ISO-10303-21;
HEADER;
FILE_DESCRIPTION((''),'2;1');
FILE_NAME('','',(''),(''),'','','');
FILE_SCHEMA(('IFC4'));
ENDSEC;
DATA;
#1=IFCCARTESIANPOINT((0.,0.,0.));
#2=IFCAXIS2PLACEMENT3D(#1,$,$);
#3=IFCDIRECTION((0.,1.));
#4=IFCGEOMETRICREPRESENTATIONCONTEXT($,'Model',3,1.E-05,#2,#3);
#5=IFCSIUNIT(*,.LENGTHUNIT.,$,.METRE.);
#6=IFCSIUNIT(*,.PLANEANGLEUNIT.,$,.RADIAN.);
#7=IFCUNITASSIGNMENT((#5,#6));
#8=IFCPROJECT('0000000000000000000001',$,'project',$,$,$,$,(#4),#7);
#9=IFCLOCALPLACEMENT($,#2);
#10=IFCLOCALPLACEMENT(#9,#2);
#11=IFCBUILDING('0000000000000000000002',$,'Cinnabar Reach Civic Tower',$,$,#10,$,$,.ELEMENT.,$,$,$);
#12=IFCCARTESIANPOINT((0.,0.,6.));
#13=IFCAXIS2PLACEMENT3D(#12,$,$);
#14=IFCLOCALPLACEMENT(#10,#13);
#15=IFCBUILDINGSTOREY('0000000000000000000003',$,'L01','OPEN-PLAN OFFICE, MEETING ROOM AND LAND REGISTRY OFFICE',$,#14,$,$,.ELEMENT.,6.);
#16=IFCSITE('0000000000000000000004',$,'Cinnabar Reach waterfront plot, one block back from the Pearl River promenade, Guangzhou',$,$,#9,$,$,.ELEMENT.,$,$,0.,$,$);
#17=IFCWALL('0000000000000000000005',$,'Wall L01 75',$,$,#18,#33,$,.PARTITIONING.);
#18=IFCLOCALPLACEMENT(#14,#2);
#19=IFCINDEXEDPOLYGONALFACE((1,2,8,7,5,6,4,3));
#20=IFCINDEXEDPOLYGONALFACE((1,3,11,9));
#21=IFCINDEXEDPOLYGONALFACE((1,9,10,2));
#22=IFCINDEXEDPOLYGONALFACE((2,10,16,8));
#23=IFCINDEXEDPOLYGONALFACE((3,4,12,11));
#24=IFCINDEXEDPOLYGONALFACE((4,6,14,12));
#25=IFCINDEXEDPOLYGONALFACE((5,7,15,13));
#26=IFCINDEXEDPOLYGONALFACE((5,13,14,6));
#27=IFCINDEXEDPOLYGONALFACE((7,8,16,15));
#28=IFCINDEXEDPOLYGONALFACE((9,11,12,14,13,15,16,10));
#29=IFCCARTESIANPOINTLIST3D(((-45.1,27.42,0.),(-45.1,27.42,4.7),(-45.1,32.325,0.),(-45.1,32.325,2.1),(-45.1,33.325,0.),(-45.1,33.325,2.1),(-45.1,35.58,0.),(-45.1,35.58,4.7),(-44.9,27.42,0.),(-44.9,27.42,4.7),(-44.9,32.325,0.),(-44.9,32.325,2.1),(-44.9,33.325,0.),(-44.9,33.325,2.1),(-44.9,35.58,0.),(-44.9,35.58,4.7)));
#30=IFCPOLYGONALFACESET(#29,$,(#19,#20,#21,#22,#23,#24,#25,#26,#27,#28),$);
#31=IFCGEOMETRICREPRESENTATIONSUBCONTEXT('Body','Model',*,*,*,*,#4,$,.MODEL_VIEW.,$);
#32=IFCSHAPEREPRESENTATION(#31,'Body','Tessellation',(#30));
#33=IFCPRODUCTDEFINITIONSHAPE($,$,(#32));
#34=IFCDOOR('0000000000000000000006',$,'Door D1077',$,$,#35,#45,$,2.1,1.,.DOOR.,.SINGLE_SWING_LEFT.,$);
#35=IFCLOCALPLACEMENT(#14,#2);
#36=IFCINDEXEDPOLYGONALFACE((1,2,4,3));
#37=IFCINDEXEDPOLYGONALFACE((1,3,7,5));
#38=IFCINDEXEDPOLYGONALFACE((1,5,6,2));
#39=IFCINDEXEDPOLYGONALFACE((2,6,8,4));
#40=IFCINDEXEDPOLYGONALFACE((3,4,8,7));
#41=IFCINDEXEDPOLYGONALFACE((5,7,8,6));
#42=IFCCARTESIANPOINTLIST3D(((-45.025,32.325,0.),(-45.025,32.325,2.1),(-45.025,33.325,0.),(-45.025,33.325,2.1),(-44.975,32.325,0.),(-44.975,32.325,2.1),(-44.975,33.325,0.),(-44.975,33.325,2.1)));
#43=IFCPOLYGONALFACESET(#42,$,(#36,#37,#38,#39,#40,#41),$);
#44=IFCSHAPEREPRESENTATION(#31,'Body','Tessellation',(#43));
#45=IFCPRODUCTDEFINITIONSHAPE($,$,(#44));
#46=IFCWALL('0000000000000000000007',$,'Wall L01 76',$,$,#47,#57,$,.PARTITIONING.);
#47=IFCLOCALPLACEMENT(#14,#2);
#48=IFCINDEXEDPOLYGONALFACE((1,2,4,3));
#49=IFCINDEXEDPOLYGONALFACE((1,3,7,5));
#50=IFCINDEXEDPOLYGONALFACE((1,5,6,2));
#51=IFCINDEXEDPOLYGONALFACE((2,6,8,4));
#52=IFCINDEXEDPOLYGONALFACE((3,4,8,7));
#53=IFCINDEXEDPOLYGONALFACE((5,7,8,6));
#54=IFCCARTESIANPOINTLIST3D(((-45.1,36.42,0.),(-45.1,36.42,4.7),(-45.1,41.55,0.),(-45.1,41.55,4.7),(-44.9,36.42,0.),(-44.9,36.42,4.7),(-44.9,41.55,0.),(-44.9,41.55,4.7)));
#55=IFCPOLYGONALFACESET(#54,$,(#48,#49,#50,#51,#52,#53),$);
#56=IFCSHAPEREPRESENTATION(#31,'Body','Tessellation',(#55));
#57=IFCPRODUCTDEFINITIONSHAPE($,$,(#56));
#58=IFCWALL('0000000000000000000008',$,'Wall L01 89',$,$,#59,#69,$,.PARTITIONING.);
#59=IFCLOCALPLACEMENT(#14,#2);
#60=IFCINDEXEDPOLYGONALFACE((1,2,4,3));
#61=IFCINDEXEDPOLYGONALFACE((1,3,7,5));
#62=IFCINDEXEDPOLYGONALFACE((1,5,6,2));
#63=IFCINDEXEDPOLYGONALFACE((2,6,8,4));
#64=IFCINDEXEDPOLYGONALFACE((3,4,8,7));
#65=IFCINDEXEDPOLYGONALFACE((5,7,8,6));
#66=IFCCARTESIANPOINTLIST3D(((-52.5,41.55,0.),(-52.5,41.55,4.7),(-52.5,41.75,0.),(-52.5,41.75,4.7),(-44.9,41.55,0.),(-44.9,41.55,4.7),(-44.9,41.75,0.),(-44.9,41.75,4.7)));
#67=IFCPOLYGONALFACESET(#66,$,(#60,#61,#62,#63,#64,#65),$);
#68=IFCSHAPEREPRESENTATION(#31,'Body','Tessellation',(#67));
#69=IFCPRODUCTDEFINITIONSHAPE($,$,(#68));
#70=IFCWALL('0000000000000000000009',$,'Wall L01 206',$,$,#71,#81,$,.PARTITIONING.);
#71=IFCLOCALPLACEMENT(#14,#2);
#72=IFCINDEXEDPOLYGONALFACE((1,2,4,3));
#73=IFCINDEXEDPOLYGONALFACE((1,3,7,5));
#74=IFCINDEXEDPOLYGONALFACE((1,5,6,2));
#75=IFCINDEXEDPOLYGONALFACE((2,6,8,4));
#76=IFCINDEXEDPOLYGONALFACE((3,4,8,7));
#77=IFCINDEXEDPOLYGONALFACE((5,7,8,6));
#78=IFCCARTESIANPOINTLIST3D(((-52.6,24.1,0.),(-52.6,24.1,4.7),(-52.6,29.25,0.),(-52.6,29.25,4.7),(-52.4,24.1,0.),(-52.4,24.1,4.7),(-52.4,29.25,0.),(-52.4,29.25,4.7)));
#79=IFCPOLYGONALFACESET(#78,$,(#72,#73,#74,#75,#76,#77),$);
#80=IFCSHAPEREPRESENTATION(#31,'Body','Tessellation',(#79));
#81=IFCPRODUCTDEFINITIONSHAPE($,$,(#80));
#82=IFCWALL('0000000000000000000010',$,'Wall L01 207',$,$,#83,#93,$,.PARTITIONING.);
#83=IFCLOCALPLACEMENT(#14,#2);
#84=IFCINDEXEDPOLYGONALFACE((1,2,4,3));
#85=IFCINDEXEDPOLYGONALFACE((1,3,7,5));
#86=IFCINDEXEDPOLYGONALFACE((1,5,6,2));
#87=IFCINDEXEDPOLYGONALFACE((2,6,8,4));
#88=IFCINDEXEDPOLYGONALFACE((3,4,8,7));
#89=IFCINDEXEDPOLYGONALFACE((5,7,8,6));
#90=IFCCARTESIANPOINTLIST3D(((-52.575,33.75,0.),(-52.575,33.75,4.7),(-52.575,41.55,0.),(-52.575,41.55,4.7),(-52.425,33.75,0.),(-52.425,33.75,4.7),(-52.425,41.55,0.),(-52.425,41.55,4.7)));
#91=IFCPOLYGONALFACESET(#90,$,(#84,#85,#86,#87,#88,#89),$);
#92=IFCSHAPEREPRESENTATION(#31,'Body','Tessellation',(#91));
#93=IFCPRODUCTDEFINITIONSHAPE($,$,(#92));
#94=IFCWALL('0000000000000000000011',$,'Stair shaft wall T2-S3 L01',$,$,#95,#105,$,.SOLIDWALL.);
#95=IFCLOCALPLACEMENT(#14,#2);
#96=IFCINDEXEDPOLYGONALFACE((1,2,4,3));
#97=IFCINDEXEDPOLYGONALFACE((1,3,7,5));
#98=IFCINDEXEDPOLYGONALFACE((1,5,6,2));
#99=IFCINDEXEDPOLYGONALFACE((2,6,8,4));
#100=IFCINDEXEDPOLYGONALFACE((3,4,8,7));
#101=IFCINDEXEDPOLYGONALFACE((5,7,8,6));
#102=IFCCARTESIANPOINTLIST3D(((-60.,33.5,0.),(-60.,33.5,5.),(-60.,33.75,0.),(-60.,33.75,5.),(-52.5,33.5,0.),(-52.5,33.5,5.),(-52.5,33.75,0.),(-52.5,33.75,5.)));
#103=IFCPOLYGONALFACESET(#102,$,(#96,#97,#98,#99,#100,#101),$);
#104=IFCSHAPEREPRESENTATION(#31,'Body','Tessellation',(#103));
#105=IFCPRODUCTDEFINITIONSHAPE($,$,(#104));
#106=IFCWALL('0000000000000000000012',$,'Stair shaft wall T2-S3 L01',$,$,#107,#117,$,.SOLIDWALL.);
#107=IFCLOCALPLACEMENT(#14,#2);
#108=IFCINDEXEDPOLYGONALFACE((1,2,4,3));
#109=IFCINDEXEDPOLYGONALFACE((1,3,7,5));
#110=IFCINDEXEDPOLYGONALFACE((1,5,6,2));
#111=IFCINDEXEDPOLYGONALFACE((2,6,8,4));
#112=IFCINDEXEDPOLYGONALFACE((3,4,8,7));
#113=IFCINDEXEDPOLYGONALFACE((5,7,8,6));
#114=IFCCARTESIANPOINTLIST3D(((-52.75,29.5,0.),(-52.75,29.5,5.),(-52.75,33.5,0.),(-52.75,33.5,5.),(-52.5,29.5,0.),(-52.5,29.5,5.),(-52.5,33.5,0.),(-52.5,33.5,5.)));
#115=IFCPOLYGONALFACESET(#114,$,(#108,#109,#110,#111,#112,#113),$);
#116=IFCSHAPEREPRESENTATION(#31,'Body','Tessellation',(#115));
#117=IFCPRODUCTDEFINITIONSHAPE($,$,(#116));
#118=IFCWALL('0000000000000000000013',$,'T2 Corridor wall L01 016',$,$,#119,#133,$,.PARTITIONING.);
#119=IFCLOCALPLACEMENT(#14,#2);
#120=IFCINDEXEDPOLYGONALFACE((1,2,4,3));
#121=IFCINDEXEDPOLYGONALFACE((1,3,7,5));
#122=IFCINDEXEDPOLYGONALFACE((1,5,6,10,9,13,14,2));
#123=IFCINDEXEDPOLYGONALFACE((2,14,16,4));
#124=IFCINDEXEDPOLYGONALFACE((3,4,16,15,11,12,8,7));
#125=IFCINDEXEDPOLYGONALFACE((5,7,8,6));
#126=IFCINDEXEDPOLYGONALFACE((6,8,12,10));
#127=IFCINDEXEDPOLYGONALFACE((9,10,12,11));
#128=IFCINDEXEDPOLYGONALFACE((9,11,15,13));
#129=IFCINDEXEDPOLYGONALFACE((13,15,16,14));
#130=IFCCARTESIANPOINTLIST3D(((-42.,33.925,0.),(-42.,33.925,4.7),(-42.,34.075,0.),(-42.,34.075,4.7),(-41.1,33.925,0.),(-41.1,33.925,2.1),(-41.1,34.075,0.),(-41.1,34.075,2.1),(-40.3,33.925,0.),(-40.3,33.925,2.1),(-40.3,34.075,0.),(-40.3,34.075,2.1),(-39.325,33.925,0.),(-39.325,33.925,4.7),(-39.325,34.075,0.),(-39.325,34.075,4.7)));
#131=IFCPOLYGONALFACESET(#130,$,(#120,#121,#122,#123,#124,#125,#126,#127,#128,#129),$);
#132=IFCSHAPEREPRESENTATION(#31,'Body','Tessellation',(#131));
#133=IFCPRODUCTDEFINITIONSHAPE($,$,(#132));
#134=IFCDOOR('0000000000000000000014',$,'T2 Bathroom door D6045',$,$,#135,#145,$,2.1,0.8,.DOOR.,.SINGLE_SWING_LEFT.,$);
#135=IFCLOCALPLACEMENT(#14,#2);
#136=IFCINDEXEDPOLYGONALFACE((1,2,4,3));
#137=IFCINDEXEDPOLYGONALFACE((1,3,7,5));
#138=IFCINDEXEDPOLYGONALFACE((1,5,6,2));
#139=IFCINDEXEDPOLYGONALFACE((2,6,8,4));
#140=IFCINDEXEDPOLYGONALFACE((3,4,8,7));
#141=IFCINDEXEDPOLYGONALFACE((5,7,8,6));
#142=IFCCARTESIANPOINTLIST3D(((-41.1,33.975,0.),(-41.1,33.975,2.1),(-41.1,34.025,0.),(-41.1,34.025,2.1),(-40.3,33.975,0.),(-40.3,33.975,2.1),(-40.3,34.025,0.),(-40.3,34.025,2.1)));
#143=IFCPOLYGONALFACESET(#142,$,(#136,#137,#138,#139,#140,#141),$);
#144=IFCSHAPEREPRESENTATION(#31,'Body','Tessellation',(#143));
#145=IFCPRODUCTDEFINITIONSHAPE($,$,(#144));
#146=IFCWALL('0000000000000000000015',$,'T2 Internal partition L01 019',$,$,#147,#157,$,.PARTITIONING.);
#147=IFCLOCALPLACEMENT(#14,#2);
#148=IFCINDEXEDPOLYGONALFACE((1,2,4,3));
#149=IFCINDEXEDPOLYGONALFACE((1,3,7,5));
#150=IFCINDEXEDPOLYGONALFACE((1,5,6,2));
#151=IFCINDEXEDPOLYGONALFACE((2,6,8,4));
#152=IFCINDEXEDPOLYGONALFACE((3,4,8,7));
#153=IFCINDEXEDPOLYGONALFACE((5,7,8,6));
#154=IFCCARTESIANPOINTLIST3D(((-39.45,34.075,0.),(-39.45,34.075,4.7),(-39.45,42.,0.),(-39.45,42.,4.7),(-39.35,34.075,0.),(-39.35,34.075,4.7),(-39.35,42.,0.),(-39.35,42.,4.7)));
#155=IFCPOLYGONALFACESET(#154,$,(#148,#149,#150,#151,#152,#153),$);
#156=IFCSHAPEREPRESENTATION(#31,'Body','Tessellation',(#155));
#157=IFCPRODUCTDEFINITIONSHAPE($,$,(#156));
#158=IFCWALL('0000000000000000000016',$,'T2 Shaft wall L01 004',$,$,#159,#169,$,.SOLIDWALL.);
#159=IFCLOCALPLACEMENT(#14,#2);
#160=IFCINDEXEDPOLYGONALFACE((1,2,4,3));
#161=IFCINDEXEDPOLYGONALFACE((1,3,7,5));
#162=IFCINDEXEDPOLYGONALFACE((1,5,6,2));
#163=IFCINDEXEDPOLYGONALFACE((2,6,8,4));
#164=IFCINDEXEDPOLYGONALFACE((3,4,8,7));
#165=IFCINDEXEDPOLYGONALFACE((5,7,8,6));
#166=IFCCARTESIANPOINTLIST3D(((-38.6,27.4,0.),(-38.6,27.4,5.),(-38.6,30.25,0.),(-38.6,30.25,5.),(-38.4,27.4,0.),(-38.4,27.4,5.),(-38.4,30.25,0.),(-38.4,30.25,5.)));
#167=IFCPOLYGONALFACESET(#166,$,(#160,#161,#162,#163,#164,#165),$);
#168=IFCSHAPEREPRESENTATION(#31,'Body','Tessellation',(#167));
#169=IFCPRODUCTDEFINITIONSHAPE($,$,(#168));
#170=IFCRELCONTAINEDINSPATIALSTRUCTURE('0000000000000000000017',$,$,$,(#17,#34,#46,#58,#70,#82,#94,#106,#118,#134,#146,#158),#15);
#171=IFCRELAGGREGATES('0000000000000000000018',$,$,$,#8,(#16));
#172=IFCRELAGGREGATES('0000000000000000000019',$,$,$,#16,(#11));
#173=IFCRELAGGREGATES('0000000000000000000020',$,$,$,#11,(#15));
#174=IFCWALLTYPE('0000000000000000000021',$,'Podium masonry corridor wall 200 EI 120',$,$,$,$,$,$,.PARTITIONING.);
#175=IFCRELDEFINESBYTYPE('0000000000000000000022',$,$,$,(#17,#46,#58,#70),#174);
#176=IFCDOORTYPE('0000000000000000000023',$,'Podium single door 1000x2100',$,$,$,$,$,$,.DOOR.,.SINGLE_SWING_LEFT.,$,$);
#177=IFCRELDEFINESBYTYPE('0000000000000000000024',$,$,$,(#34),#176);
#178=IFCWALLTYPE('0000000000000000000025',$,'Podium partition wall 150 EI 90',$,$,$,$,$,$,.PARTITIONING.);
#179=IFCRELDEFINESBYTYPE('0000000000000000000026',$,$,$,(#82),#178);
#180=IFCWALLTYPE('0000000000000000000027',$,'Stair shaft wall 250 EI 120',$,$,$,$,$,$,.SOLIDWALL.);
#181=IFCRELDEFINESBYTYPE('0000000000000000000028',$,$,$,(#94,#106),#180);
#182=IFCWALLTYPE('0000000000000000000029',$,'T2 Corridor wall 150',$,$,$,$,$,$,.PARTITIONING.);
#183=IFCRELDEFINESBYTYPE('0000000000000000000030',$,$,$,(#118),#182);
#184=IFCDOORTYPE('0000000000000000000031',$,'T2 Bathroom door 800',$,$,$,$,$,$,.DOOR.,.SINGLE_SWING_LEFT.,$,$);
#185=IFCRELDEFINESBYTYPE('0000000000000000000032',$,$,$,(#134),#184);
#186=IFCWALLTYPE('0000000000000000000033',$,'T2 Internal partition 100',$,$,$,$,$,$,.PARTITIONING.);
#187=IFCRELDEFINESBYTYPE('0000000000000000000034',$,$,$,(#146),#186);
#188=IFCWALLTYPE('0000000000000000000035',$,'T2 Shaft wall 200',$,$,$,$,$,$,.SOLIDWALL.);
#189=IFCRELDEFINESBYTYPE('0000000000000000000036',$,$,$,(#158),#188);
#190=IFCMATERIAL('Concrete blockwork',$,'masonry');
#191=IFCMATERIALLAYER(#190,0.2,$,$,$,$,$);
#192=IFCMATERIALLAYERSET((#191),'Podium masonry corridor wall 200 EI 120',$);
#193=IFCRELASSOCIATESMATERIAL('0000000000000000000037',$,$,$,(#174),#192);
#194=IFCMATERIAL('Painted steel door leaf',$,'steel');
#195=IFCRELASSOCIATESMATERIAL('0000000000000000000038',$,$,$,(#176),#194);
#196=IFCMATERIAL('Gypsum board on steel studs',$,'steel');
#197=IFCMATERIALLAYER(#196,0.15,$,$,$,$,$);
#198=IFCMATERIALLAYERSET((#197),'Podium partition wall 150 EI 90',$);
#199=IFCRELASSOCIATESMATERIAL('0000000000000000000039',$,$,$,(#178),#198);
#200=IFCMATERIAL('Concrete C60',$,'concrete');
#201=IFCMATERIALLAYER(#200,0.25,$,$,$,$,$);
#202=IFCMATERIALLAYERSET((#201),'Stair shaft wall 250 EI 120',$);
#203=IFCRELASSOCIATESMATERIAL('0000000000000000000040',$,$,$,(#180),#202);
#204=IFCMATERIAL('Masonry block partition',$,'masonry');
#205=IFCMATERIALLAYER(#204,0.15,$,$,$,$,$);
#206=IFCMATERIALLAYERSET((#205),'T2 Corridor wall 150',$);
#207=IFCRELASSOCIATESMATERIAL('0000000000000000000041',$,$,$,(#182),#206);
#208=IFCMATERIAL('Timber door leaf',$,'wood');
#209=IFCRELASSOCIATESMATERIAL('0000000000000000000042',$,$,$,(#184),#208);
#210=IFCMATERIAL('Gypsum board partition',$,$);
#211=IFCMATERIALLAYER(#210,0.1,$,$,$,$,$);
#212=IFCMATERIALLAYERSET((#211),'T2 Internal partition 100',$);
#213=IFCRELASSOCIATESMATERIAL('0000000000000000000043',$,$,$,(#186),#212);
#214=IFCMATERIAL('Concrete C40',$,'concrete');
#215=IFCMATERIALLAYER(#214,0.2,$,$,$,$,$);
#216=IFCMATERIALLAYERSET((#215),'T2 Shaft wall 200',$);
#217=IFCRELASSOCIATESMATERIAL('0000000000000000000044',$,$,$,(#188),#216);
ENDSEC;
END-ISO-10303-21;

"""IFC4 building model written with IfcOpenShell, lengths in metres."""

from ifc_helpers import new_model, si_unit, direction, frame, frame_2d, origin, place, context, subcontext, project, spatial, rectangle, extrude, material, layer, layer_set, type_object, element, fill, save


model = new_model("IFC4")

# Units and contexts
model_context = context("Model", 3, precision=1e-05, world=origin(), true_north=direction((0.0, 1.0)))
body_context = subcontext(model_context, "Body", "Model", "MODEL_VIEW")
ifc_project = project(units=[si_unit("LENGTHUNIT", "METRE"), si_unit("PLANEANGLEUNIT", "RADIAN")], contexts=[model_context])

# Site, building, storey
site_placement = place(None, origin())
site = spatial("IfcSite", under=ifc_project, at=site_placement, Name="Cinnabar Reach waterfront plot, one block back from the Pearl River promenade, Guangzhou", CompositionType="ELEMENT", RefElevation=0.0)
building_placement = place(site_placement, origin())
building = spatial("IfcBuilding", under=site, at=building_placement, Name="Cinnabar Reach Civic Tower", CompositionType="ELEMENT")
storey_placement = place(building_placement, frame((0.0, 0.0, 6.0)))
storey = spatial("IfcBuildingStorey", under=building, at=storey_placement, Name="L01", Description="OPEN-PLAN OFFICE, MEETING ROOM AND LAND REGISTRY OFFICE", CompositionType="ELEMENT", Elevation=6.0)

# Shared definitions
ifc_material_1 = material(Name="Concrete C60", Category="concrete")

# Shared definitions
ifc_material_2 = material(Name="Concrete blockwork", Category="masonry")
ifc_layer_1 = layer(ifc_material_2, 0.2)
ifc_layer_set_1 = layer_set([ifc_layer_1], Name="Podium masonry corridor wall 200 EI 120")
wall_type_1 = type_object("IfcWallType", Name="Podium masonry corridor wall 200 EI 120", PredefinedType="PARTITIONING", material=ifc_layer_set_1)

# Wall, opening, door
wall_1_placement = place(storey_placement, frame((-45.0, 27.42, 0.0), z_axis=(0.0, 0.0, 1.0), x_axis=(0.0, 1.0, 0.0)))
wall_1 = element("IfcWall", 1, at=wall_1_placement, inside=storey, type_object=wall_type_1, Name="Wall L01 75", PredefinedType="PARTITIONING", context=body_context, shape_type="SweptSolid", body=[
    extrude(rectangle(XDim=8.16, YDim=0.2, at=frame_2d((4.08, 0.0))), origin(), (0.0, 0.0, 1.0), 4.7),
])
opening_1_placement = place(wall_1_placement, frame((4.905, 0.0, 0.0)))
opening_1 = element("IfcOpeningElement", 2, at=opening_1_placement, cuts=wall_1, PredefinedType="OPENING", context=body_context, shape_type="SweptSolid", body=[
    extrude(rectangle(XDim=1.0, YDim=2.1, at=frame_2d((0.5, 1.05))), frame((0.0, 0.11, 0.0), z_axis=(0.0, -1.0, 0.0), x_axis=(1.0, 0.0, 0.0)), (0.0, 0.0, 1.0), 0.22),
])
ifc_material_3 = material(Name="Painted steel door leaf", Category="steel")
door_type_1 = type_object("IfcDoorType", Name="Podium single door 1000x2100", OperationType="SINGLE_SWING_LEFT", PredefinedType="DOOR", material=ifc_material_3)
door_1_placement = place(opening_1_placement, origin())
door_1 = element("IfcDoor", 3, at=door_1_placement, inside=storey, type_object=door_type_1, Name="Door D1077", OperationType="SINGLE_SWING_LEFT", OverallHeight=2.1, OverallWidth=1.0, PredefinedType="DOOR", context=body_context, shape_type="SweptSolid", body=[
    extrude(rectangle(XDim=1.0, YDim=2.1, at=frame_2d((0.5, 1.05))), frame((0.0, 0.025, 0.0), z_axis=(0.0, -1.0, 0.0), x_axis=(1.0, 0.0, 0.0)), (0.0, 0.0, 1.0), 0.05),
])
fill(opening_1, door_1)

# Walls
wall_2_placement = place(storey_placement, frame((-45.0, 36.42, 0.0), z_axis=(0.0, 0.0, 1.0), x_axis=(0.0, 1.0, 0.0)))
element("IfcWall", 4, at=wall_2_placement, inside=storey, type_object=wall_type_1, Name="Wall L01 76", PredefinedType="PARTITIONING", context=body_context, shape_type="SweptSolid", body=[
    extrude(rectangle(XDim=5.13, YDim=0.2, at=frame_2d((2.565, 0.0))), origin(), (0.0, 0.0, 1.0), 4.7),
])
wall_3_placement = place(storey_placement, frame((-52.5, 41.65, 0.0), z_axis=(0.0, 0.0, 1.0), x_axis=(1.0, 0.0, 0.0)))
element("IfcWall", 5, at=wall_3_placement, inside=storey, type_object=wall_type_1, Name="Wall L01 89", PredefinedType="PARTITIONING", context=body_context, shape_type="SweptSolid", body=[
    extrude(rectangle(XDim=7.6, YDim=0.2, at=frame_2d((3.8, 0.0))), origin(), (0.0, 0.0, 1.0), 4.7),
])
wall_4_placement = place(storey_placement, frame((-52.5, 24.1, 0.0), z_axis=(0.0, 0.0, 1.0), x_axis=(0.0, 1.0, 0.0)))
element("IfcWall", 6, at=wall_4_placement, inside=storey, type_object=wall_type_1, Name="Wall L01 206", PredefinedType="PARTITIONING", context=body_context, shape_type="SweptSolid", body=[
    extrude(rectangle(XDim=5.15, YDim=0.2, at=frame_2d((2.575, 0.0))), origin(), (0.0, 0.0, 1.0), 4.7),
])
ifc_material_4 = material(Name="Gypsum board on steel studs", Category="steel")
ifc_layer_2 = layer(ifc_material_4, 0.15)
ifc_layer_set_2 = layer_set([ifc_layer_2], Name="Podium partition wall 150 EI 90")
wall_type_2 = type_object("IfcWallType", Name="Podium partition wall 150 EI 90", PredefinedType="PARTITIONING", material=ifc_layer_set_2)
wall_5_placement = place(storey_placement, frame((-52.5, 33.75, 0.0), z_axis=(0.0, 0.0, 1.0), x_axis=(0.0, 1.0, 0.0)))
element("IfcWall", 7, at=wall_5_placement, inside=storey, type_object=wall_type_2, Name="Wall L01 207", PredefinedType="PARTITIONING", context=body_context, shape_type="SweptSolid", body=[
    extrude(rectangle(XDim=7.8, YDim=0.15, at=frame_2d((3.9, 0.0))), origin(), (0.0, 0.0, 1.0), 4.7),
])
ifc_layer_3 = layer(ifc_material_1, 0.25)
ifc_layer_set_3 = layer_set([ifc_layer_3], Name="Stair shaft wall 250 EI 120")
wall_type_3 = type_object("IfcWallType", Name="Stair shaft wall 250 EI 120", PredefinedType="SOLIDWALL", material=ifc_layer_set_3)
wall_6_placement = place(storey_placement, frame((-52.5, 33.625, 0.0), z_axis=(0.0, 0.0, 1.0), x_axis=(-1.0, 0.0, 0.0)))
element("IfcWall", 8, at=wall_6_placement, inside=storey, type_object=wall_type_3, Name="Stair shaft wall T2-S3 L01", PredefinedType="SOLIDWALL", context=body_context, shape_type="SweptSolid", body=[
    extrude(rectangle(XDim=7.5, YDim=0.25, at=frame_2d((3.75, 0.0))), origin(), (0.0, 0.0, 1.0), 5.0),
])
wall_7_placement = place(storey_placement, frame((-52.625, 29.5, 0.0), z_axis=(0.0, 0.0, 1.0), x_axis=(0.0, 1.0, 0.0)))
element("IfcWall", 9, at=wall_7_placement, inside=storey, type_object=wall_type_3, Name="Stair shaft wall T2-S3 L01", PredefinedType="SOLIDWALL", context=body_context, shape_type="SweptSolid", body=[
    extrude(rectangle(XDim=4.0, YDim=0.25, at=frame_2d((2.0, 0.0))), origin(), (0.0, 0.0, 1.0), 5.0),
])

# Wall, opening, door
ifc_material_5 = material(Name="Masonry block partition", Category="masonry")
ifc_layer_4 = layer(ifc_material_5, 0.15)
ifc_layer_set_4 = layer_set([ifc_layer_4], Name="T2 Corridor wall 150")
wall_type_4 = type_object("IfcWallType", Name="T2 Corridor wall 150", PredefinedType="PARTITIONING", material=ifc_layer_set_4)
wall_8_placement = place(storey_placement, frame((-39.325, 34.0, 0.0), z_axis=(0.0, 0.0, 1.0), x_axis=(-1.0, 0.0, 0.0)))
wall_8 = element("IfcWall", 10, at=wall_8_placement, inside=storey, type_object=wall_type_4, Name="T2 Corridor wall L01 016", PredefinedType="PARTITIONING", context=body_context, shape_type="SweptSolid", body=[
    extrude(rectangle(XDim=2.675, YDim=0.15, at=frame_2d((1.3375, 0.0))), origin(), (0.0, 0.0, 1.0), 4.7),
])
opening_2_placement = place(wall_8_placement, frame((0.975, 0.0, 0.0)))
opening_2 = element("IfcOpeningElement", 11, at=opening_2_placement, cuts=wall_8, PredefinedType="OPENING", context=body_context, shape_type="SweptSolid", body=[
    extrude(rectangle(XDim=0.8, YDim=2.1, at=frame_2d((0.4, 1.05))), frame((0.0, 0.085, 0.0), z_axis=(0.0, -1.0, 0.0), x_axis=(1.0, 0.0, 0.0)), (0.0, 0.0, 1.0), 0.17),
])
ifc_material_6 = material(Name="Timber door leaf", Category="wood")
door_type_2 = type_object("IfcDoorType", Name="T2 Bathroom door 800", OperationType="SINGLE_SWING_LEFT", PredefinedType="DOOR", material=ifc_material_6)
door_2_placement = place(opening_2_placement, frame((0.8, 0.0, 0.0), z_axis=(0.0, 0.0, 1.0), x_axis=(-1.0, 0.0, 0.0)))
door_2 = element("IfcDoor", 12, at=door_2_placement, inside=storey, type_object=door_type_2, Name="T2 Bathroom door D6045", OperationType="SINGLE_SWING_LEFT", OverallHeight=2.1, OverallWidth=0.8, PredefinedType="DOOR", context=body_context, shape_type="SweptSolid", body=[
    extrude(rectangle(XDim=0.8, YDim=2.1, at=frame_2d((0.4, 1.05))), frame((0.0, 0.025, 0.0), z_axis=(0.0, -1.0, 0.0), x_axis=(1.0, 0.0, 0.0)), (0.0, 0.0, 1.0), 0.05),
])
fill(opening_2, door_2)

# Walls
ifc_material_7 = material(Name="Gypsum board partition")
ifc_layer_5 = layer(ifc_material_7, 0.1)
ifc_layer_set_5 = layer_set([ifc_layer_5], Name="T2 Internal partition 100")
wall_type_5 = type_object("IfcWallType", Name="T2 Internal partition 100", PredefinedType="PARTITIONING", material=ifc_layer_set_5)
wall_9_placement = place(storey_placement, frame((-39.4, 34.075, 0.0), z_axis=(0.0, 0.0, 1.0), x_axis=(0.0, 1.0, 0.0)))
element("IfcWall", 13, at=wall_9_placement, inside=storey, type_object=wall_type_5, Name="T2 Internal partition L01 019", PredefinedType="PARTITIONING", context=body_context, shape_type="SweptSolid", body=[
    extrude(rectangle(XDim=7.925, YDim=0.1, at=frame_2d((3.9625, 0.0))), origin(), (0.0, 0.0, 1.0), 4.7),
])
ifc_material_8 = material(Name="Concrete C40", Category="concrete")
ifc_layer_6 = layer(ifc_material_8, 0.2)
ifc_layer_set_6 = layer_set([ifc_layer_6], Name="T2 Shaft wall 200")
wall_type_6 = type_object("IfcWallType", Name="T2 Shaft wall 200", PredefinedType="SOLIDWALL", material=ifc_layer_set_6)
wall_10_placement = place(storey_placement, frame((-38.5, 27.4, 0.0), z_axis=(0.0, 0.0, 1.0), x_axis=(0.0, 1.0, 0.0)))
element("IfcWall", 14, at=wall_10_placement, inside=storey, type_object=wall_type_6, Name="T2 Shaft wall L01 004", PredefinedType="SOLIDWALL", context=body_context, shape_type="SweptSolid", body=[
    extrude(rectangle(XDim=2.85, YDim=0.2, at=frame_2d((1.425, 0.0))), origin(), (0.0, 0.0, 1.0), 5.0),
])

save(model, "model.ifc")
